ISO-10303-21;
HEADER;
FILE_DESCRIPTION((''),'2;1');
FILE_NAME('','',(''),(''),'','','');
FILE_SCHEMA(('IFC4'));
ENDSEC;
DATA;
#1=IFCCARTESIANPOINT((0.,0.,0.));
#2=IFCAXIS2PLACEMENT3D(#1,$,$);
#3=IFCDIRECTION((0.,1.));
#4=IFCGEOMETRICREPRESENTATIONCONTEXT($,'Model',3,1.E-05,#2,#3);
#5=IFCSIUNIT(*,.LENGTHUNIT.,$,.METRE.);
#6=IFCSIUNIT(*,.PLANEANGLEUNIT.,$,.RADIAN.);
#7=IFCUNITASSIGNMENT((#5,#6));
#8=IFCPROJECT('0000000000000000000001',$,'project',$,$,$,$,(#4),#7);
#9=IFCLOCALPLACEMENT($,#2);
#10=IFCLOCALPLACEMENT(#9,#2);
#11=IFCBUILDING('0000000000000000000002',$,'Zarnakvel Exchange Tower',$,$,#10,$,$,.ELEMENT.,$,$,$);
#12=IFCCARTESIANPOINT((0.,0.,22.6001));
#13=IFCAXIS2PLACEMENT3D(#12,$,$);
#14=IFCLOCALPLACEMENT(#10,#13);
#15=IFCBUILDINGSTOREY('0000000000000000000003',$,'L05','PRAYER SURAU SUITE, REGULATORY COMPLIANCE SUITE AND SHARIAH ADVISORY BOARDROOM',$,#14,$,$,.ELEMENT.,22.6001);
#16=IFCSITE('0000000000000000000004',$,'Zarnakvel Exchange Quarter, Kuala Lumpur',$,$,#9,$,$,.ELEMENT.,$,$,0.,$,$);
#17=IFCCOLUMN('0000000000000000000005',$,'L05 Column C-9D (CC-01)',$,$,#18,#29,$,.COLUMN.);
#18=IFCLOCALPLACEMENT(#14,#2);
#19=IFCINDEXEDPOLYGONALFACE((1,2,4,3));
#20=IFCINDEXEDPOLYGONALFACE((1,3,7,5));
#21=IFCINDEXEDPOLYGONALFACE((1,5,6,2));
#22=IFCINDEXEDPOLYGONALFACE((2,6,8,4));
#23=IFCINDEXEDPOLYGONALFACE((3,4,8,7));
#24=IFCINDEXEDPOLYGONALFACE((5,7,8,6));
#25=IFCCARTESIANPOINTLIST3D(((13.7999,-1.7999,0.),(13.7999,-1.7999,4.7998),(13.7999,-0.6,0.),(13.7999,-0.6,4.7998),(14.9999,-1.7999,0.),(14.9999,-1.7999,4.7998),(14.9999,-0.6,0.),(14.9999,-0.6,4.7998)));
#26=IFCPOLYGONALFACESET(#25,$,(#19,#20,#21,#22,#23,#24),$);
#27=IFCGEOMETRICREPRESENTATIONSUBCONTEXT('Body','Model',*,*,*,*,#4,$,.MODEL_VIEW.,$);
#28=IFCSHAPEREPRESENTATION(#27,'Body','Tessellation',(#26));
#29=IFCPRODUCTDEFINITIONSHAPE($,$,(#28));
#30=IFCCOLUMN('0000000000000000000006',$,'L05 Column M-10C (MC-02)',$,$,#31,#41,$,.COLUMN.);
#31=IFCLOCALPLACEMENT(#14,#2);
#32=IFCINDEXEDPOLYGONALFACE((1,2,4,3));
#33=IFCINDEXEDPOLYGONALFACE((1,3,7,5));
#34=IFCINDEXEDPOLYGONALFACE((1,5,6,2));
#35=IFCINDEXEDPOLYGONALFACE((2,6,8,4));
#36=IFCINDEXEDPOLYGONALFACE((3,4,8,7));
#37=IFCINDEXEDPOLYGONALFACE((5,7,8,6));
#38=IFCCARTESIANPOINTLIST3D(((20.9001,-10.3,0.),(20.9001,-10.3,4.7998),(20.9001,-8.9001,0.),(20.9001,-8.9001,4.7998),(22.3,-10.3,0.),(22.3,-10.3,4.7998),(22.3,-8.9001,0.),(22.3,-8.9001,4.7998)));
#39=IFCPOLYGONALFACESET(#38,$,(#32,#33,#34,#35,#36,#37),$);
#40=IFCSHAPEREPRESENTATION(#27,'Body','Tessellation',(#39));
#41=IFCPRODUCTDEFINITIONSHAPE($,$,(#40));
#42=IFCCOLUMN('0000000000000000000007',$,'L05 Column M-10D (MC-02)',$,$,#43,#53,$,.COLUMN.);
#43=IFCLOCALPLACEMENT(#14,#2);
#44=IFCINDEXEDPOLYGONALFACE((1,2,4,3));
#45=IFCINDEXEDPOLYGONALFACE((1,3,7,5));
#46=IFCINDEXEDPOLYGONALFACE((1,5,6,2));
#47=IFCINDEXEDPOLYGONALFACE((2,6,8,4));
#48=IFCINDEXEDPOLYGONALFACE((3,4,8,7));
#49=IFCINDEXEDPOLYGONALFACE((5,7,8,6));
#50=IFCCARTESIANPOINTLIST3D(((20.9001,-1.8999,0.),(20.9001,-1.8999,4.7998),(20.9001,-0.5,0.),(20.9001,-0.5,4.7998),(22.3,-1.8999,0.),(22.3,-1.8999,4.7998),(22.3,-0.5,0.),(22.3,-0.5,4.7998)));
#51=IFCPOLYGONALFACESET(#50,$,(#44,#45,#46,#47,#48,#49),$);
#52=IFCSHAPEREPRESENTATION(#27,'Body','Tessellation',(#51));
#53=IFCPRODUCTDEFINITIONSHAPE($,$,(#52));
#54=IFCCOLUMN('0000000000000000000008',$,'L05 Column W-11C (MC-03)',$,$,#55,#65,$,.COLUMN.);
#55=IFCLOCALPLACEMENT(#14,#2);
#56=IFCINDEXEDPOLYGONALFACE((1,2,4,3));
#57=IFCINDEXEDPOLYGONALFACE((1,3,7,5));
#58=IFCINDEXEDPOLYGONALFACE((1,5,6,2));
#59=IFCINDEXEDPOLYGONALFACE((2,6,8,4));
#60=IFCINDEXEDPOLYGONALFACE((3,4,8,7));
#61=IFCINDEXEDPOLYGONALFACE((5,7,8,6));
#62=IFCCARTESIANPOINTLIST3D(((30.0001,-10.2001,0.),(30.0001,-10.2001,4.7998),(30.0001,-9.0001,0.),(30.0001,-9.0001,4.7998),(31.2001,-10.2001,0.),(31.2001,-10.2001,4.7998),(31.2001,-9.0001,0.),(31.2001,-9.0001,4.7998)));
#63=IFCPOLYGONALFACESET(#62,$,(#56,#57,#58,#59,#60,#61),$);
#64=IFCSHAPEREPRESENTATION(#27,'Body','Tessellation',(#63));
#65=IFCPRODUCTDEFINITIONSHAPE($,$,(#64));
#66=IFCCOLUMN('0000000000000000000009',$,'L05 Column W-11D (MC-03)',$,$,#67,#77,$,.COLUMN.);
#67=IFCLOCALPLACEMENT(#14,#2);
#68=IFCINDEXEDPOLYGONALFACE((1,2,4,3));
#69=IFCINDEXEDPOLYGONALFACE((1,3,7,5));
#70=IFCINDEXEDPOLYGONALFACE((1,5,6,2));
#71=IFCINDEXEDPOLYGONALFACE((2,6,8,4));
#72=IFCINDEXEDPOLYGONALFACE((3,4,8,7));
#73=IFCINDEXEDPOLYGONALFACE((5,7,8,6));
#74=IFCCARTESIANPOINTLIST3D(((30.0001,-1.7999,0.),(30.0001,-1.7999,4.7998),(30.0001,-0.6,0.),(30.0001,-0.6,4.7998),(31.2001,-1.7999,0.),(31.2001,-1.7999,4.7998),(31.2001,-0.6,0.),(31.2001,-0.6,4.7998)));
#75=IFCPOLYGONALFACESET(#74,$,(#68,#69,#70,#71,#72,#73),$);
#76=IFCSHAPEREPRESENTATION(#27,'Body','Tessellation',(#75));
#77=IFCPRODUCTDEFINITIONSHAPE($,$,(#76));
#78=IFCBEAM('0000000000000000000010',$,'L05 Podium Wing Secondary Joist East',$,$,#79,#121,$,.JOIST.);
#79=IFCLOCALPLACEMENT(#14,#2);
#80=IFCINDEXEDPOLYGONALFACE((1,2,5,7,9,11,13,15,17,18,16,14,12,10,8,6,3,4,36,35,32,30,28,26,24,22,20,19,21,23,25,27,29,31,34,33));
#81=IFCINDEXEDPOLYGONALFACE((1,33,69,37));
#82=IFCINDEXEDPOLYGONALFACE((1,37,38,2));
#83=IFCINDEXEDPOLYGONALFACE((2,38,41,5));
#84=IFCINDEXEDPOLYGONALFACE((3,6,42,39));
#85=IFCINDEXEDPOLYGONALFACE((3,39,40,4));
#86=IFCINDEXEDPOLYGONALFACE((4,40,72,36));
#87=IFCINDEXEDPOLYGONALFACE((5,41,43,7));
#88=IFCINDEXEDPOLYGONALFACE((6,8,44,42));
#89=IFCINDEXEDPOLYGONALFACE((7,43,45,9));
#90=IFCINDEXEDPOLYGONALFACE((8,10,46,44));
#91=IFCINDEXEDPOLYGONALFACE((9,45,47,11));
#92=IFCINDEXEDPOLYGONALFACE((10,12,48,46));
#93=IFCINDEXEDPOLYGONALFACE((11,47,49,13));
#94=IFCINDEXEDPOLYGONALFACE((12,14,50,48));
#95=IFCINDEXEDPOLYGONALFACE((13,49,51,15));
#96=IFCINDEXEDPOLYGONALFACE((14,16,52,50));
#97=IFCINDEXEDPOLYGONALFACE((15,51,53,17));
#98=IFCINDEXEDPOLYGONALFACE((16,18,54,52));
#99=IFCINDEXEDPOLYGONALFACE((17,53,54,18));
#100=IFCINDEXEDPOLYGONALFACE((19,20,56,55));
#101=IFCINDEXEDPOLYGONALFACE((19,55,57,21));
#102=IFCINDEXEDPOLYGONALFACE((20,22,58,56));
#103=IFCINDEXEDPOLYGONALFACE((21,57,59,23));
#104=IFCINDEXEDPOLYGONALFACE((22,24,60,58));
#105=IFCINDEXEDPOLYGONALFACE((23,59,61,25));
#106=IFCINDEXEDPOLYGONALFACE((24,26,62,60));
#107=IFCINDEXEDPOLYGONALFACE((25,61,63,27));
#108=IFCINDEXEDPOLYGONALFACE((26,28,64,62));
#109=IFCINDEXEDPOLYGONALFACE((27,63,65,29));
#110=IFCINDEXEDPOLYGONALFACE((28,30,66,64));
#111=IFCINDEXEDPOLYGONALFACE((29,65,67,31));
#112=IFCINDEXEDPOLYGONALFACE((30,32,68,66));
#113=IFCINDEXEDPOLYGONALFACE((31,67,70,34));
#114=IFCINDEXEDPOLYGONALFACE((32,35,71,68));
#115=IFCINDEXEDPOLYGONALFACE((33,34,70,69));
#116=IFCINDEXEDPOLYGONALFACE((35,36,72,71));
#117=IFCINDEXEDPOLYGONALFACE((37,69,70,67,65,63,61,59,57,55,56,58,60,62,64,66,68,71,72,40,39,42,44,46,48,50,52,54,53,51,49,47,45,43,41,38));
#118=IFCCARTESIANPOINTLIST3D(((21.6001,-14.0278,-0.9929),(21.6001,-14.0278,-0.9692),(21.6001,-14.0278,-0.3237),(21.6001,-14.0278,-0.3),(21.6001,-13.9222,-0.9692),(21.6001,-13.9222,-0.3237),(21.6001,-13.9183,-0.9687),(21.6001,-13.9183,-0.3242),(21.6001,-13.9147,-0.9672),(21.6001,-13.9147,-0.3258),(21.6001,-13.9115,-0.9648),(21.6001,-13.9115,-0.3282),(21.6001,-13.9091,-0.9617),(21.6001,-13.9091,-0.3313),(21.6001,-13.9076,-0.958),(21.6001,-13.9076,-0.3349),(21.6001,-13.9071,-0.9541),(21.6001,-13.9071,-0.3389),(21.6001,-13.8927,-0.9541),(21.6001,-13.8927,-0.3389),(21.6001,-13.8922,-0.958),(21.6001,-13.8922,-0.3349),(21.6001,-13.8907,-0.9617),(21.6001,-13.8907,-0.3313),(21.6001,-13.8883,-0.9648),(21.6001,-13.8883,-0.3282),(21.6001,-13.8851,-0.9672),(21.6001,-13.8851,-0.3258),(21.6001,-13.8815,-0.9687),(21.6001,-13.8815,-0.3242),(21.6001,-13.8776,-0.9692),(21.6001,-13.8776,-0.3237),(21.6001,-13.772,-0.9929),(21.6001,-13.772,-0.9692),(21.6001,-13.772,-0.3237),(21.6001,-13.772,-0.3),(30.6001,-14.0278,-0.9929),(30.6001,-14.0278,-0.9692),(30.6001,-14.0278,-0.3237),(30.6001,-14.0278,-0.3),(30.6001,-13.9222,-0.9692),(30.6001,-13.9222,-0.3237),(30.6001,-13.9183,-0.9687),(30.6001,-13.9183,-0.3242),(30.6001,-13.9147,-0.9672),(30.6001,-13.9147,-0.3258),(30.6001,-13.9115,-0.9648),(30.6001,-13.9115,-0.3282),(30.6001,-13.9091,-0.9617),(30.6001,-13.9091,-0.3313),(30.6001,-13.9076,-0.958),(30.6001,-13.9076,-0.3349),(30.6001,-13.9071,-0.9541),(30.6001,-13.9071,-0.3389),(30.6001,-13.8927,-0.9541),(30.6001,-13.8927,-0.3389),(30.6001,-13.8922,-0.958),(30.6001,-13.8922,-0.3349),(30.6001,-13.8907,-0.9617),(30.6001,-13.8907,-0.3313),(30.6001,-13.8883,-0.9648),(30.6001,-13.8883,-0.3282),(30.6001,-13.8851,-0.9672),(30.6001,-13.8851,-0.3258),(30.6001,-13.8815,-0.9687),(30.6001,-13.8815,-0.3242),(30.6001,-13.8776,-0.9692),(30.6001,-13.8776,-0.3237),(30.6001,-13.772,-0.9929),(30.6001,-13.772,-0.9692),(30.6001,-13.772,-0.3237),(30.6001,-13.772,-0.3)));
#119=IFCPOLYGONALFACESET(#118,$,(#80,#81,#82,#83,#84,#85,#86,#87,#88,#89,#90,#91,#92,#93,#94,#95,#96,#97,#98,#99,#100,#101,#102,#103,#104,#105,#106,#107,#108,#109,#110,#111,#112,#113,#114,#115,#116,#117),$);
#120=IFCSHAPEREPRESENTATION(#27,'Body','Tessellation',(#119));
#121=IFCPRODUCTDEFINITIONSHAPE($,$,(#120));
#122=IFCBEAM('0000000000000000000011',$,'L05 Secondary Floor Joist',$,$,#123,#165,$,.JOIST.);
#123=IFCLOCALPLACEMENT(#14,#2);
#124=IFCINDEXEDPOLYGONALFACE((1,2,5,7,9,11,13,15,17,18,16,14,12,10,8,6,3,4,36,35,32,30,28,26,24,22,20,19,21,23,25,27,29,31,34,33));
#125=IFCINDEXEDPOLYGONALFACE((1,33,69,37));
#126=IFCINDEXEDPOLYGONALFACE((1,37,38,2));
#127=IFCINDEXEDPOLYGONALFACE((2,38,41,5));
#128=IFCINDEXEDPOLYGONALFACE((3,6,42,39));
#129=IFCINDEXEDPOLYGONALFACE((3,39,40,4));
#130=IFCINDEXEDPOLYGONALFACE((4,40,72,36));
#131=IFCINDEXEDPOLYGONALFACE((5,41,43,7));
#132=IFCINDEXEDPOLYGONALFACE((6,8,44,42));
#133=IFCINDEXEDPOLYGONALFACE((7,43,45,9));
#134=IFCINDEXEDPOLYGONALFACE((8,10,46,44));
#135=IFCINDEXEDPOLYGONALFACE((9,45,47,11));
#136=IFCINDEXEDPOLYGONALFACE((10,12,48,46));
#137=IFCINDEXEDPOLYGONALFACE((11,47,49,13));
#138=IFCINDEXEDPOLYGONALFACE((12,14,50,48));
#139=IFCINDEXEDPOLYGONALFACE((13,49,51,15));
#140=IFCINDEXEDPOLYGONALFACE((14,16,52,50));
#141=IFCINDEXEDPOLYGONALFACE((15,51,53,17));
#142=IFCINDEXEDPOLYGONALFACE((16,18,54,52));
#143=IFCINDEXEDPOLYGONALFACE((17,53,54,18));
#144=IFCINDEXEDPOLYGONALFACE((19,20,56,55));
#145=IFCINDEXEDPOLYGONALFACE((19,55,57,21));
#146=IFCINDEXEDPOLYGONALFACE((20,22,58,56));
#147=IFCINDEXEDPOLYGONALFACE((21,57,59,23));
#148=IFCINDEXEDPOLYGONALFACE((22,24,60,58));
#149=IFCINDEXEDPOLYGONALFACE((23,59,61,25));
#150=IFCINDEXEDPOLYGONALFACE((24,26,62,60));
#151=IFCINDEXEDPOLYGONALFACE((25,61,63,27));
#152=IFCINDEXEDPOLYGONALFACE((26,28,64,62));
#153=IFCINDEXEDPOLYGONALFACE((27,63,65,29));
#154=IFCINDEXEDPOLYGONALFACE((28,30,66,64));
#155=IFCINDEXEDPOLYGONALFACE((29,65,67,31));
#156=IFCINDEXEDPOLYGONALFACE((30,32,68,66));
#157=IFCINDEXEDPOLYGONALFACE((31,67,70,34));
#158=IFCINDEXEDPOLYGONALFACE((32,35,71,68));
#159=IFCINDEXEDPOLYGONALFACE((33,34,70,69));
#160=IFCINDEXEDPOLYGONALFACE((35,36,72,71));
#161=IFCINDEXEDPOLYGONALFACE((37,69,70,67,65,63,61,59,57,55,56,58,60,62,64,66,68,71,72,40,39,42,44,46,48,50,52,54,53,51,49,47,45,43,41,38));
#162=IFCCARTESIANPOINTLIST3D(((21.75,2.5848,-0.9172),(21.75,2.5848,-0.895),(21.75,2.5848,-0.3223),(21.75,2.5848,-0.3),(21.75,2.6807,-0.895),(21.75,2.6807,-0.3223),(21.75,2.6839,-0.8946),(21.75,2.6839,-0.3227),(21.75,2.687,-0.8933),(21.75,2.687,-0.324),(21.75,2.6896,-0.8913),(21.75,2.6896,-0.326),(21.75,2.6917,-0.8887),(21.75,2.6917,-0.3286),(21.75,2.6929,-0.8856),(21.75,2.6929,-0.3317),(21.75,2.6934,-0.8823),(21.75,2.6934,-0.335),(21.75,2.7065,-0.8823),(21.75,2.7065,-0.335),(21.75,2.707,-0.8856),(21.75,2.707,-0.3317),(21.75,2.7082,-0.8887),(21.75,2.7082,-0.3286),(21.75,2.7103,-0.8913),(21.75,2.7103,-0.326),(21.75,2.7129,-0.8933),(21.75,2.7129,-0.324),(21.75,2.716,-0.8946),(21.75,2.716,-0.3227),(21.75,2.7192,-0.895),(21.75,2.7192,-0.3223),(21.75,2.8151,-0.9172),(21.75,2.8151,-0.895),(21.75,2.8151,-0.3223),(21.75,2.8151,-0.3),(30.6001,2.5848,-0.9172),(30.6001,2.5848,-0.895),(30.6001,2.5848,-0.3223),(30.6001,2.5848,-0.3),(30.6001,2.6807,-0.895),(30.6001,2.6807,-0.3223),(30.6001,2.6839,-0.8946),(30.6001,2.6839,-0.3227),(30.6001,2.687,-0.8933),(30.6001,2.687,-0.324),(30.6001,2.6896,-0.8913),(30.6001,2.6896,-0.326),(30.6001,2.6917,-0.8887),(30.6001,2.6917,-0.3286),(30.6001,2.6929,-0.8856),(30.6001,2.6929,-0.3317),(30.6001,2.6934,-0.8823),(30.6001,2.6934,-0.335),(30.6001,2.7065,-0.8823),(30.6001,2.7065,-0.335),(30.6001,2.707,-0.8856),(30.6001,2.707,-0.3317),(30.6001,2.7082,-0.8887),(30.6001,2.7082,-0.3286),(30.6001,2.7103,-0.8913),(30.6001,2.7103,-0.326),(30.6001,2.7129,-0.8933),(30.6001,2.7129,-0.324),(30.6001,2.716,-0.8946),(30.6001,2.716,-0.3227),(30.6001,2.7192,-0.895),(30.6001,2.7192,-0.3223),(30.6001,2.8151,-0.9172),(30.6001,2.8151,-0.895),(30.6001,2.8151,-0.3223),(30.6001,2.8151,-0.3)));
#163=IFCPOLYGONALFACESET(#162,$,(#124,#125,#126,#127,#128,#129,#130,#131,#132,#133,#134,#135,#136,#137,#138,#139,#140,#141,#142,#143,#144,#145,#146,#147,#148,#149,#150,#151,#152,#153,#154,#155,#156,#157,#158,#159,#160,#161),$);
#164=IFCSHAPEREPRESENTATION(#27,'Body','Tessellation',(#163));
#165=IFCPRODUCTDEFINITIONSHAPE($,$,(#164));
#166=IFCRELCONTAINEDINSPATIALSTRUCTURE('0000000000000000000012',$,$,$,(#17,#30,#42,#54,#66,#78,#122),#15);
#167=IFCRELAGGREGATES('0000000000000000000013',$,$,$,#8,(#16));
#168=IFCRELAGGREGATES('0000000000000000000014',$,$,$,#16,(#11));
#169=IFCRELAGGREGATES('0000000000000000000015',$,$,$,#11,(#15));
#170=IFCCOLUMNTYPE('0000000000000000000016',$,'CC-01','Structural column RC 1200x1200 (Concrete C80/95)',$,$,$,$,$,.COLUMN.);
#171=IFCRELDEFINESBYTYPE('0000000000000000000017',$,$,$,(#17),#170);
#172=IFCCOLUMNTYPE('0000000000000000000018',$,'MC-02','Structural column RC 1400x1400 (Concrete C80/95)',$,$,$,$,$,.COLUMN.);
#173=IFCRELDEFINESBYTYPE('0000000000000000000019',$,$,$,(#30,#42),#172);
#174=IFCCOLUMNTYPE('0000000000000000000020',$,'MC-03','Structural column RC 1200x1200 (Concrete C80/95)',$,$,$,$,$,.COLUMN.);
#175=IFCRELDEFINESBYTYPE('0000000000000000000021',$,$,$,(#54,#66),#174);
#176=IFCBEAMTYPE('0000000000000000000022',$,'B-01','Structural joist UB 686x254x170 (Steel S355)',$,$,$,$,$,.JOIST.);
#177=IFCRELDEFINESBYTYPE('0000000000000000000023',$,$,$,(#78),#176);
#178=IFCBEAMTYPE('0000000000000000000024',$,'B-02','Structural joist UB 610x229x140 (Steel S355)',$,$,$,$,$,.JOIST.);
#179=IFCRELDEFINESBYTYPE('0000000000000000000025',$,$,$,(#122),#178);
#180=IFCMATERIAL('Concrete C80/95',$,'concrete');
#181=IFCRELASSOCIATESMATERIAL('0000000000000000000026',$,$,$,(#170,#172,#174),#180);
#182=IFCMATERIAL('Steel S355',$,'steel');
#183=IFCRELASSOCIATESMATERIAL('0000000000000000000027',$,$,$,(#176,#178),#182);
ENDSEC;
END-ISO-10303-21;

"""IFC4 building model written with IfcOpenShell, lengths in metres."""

from ifc_helpers import new_model, si_unit, direction, frame, origin, origin_2d, place, context, subcontext, project, spatial, rectangle, i_section, extrude, material, material_profile, profile_set, type_object, element, save


model = new_model("IFC4")

# Units and contexts
model_context = context("Model", 3, precision=1e-05, world=origin(), true_north=direction((0.0, 1.0)))
body_context = subcontext(model_context, "Body", "Model", "MODEL_VIEW")
ifc_project = project(units=[si_unit("LENGTHUNIT", "METRE"), si_unit("PLANEANGLEUNIT", "RADIAN")], contexts=[model_context])

# Site, building, storey
site_placement = place(None, origin())
site = spatial("IfcSite", under=ifc_project, at=site_placement, Name="Zarnakvel Exchange Quarter, Kuala Lumpur", CompositionType="ELEMENT", RefElevation=0.0)
building_placement = place(site_placement, origin())
building = spatial("IfcBuilding", under=site, at=building_placement, Name="Zarnakvel Exchange Tower", CompositionType="ELEMENT")
storey_placement = place(building_placement, frame((0.0, 0.0, 22.6001)))
storey = spatial("IfcBuildingStorey", under=building, at=storey_placement, Name="L05", Description="PRAYER SURAU SUITE, REGULATORY COMPLIANCE SUITE AND SHARIAH ADVISORY BOARDROOM", CompositionType="ELEMENT", Elevation=22.6001)

# Columns
ifc_material_1 = material(Name="Concrete C80/95", Category="concrete")
ifc_material_profile_1 = material_profile(ifc_material_1, rectangle(XDim=1.2, YDim=1.2, at=origin_2d()))
ifc_profile_set_1 = profile_set([ifc_material_profile_1], Name="Concrete C80/95")
column_type_1 = type_object("IfcColumnType", Name="CC-01", Description="Structural column RC 1200x1200 (Concrete C80/95)", PredefinedType="COLUMN", material=ifc_profile_set_1)
column_placement = place(storey_placement, frame((14.3999, -1.2, 0.0), z_axis=(0.0, 0.0, 1.0), x_axis=(1.0, 0.0, 0.0)))
element("IfcColumn", 1, at=column_placement, inside=storey, type_object=column_type_1, Name="L05 Column C-9D (CC-01)", PredefinedType="COLUMN", context=body_context, shape_type="SweptSolid", body=[
    extrude(rectangle(XDim=1.2, YDim=1.2, at=origin_2d()), origin(), (0.0, 0.0, 1.0), 4.7998),
])
ifc_material_profile_2 = material_profile(ifc_material_1, rectangle(XDim=1.3999, YDim=1.3999, at=origin_2d()))
ifc_profile_set_2 = profile_set([ifc_material_profile_2], Name="Concrete C80/95")
column_type_2 = type_object("IfcColumnType", Name="MC-02", Description="Structural column RC 1400x1400 (Concrete C80/95)", PredefinedType="COLUMN", material=ifc_profile_set_2)
for number, where, z_axis, x_axis, name in (
    (2, (21.6001, -9.6001, 0.0), (0.0, 0.0, 1.0), (1.0, 0.0, 0.0), "L05 Column M-10C (MC-02)"),
    (3, (21.6001, -1.2, 0.0), (0.0, 0.0, 1.0), (1.0, 0.0, 0.0), "L05 Column M-10D (MC-02)"),
):
    element("IfcColumn", number, at=place(storey_placement, frame(where, z_axis=z_axis, x_axis=x_axis)), inside=storey, type_object=column_type_2, Name=name, PredefinedType="COLUMN", context=body_context, shape_type="SweptSolid", body=[
        extrude(rectangle(XDim=1.3999, YDim=1.3999, at=origin_2d()), origin(), (0.0, 0.0, 1.0), 4.7998),
    ])
ifc_material_profile_3 = material_profile(ifc_material_1, rectangle(XDim=1.2, YDim=1.2, at=origin_2d()))
ifc_profile_set_3 = profile_set([ifc_material_profile_3], Name="Concrete C80/95")
column_type_3 = type_object("IfcColumnType", Name="MC-03", Description="Structural column RC 1200x1200 (Concrete C80/95)", PredefinedType="COLUMN", material=ifc_profile_set_3)
for number, where, z_axis, x_axis, name in (
    (4, (30.6001, -9.6001, 0.0), (0.0, 0.0, 1.0), (1.0, 0.0, 0.0), "L05 Column W-11C (MC-03)"),
    (5, (30.6001, -1.2, 0.0), (0.0, 0.0, 1.0), (1.0, 0.0, 0.0), "L05 Column W-11D (MC-03)"),
):
    element("IfcColumn", number, at=place(storey_placement, frame(where, z_axis=z_axis, x_axis=x_axis)), inside=storey, type_object=column_type_3, Name=name, PredefinedType="COLUMN", context=body_context, shape_type="SweptSolid", body=[
        extrude(rectangle(XDim=1.2, YDim=1.2, at=origin_2d()), origin(), (0.0, 0.0, 1.0), 4.7998),
    ])

# Beams
ifc_material_2 = material(Name="Steel S355", Category="steel")
ifc_material_profile_4 = material_profile(ifc_material_2, i_section(OverallWidth=0.2559, OverallDepth=0.6929, WebThickness=0.0144, FlangeThickness=0.0237, FilletRadius=0.0151, at=origin_2d()))
ifc_profile_set_4 = profile_set([ifc_material_profile_4], Name="Steel S355")
beam_type_1 = type_object("IfcBeamType", Name="B-01", Description="Structural joist UB 686x254x170 (Steel S355)", PredefinedType="JOIST", material=ifc_profile_set_4)
beam_1_placement = place(storey_placement, frame((21.6001, -13.8999, -0.6465), z_axis=(1.0, 0.0, 0.0), x_axis=(0.0, 1.0, 0.0)))
element("IfcBeam", 6, at=beam_1_placement, inside=storey, type_object=beam_type_1, Name="L05 Podium Wing Secondary Joist East", PredefinedType="JOIST", context=body_context, shape_type="SweptSolid", body=[
    extrude(i_section(OverallWidth=0.2559, OverallDepth=0.6929, WebThickness=0.0144, FlangeThickness=0.0237, FilletRadius=0.0151, at=origin_2d()), origin(), (0.0, 0.0, 1.0), 9.0),
])
ifc_material_profile_5 = material_profile(ifc_material_2, i_section(OverallWidth=0.2302, OverallDepth=0.6172, WebThickness=0.0132, FlangeThickness=0.0222, FilletRadius=0.0127, at=origin_2d()))
ifc_profile_set_5 = profile_set([ifc_material_profile_5], Name="Steel S355")
beam_type_2 = type_object("IfcBeamType", Name="B-02", Description="Structural joist UB 610x229x140 (Steel S355)", PredefinedType="JOIST", material=ifc_profile_set_5)
beam_2_placement = place(storey_placement, frame((21.75, 2.7, -0.6086), z_axis=(1.0, 0.0, 0.0), x_axis=(0.0, 1.0, 0.0)))
element("IfcBeam", 7, at=beam_2_placement, inside=storey, type_object=beam_type_2, Name="L05 Secondary Floor Joist", PredefinedType="JOIST", context=body_context, shape_type="SweptSolid", body=[
    extrude(i_section(OverallWidth=0.2302, OverallDepth=0.6172, WebThickness=0.0132, FlangeThickness=0.0222, FilletRadius=0.0127, at=origin_2d()), origin(), (0.0, 0.0, 1.0), 8.8501),
])

save(model, "model.ifc")
